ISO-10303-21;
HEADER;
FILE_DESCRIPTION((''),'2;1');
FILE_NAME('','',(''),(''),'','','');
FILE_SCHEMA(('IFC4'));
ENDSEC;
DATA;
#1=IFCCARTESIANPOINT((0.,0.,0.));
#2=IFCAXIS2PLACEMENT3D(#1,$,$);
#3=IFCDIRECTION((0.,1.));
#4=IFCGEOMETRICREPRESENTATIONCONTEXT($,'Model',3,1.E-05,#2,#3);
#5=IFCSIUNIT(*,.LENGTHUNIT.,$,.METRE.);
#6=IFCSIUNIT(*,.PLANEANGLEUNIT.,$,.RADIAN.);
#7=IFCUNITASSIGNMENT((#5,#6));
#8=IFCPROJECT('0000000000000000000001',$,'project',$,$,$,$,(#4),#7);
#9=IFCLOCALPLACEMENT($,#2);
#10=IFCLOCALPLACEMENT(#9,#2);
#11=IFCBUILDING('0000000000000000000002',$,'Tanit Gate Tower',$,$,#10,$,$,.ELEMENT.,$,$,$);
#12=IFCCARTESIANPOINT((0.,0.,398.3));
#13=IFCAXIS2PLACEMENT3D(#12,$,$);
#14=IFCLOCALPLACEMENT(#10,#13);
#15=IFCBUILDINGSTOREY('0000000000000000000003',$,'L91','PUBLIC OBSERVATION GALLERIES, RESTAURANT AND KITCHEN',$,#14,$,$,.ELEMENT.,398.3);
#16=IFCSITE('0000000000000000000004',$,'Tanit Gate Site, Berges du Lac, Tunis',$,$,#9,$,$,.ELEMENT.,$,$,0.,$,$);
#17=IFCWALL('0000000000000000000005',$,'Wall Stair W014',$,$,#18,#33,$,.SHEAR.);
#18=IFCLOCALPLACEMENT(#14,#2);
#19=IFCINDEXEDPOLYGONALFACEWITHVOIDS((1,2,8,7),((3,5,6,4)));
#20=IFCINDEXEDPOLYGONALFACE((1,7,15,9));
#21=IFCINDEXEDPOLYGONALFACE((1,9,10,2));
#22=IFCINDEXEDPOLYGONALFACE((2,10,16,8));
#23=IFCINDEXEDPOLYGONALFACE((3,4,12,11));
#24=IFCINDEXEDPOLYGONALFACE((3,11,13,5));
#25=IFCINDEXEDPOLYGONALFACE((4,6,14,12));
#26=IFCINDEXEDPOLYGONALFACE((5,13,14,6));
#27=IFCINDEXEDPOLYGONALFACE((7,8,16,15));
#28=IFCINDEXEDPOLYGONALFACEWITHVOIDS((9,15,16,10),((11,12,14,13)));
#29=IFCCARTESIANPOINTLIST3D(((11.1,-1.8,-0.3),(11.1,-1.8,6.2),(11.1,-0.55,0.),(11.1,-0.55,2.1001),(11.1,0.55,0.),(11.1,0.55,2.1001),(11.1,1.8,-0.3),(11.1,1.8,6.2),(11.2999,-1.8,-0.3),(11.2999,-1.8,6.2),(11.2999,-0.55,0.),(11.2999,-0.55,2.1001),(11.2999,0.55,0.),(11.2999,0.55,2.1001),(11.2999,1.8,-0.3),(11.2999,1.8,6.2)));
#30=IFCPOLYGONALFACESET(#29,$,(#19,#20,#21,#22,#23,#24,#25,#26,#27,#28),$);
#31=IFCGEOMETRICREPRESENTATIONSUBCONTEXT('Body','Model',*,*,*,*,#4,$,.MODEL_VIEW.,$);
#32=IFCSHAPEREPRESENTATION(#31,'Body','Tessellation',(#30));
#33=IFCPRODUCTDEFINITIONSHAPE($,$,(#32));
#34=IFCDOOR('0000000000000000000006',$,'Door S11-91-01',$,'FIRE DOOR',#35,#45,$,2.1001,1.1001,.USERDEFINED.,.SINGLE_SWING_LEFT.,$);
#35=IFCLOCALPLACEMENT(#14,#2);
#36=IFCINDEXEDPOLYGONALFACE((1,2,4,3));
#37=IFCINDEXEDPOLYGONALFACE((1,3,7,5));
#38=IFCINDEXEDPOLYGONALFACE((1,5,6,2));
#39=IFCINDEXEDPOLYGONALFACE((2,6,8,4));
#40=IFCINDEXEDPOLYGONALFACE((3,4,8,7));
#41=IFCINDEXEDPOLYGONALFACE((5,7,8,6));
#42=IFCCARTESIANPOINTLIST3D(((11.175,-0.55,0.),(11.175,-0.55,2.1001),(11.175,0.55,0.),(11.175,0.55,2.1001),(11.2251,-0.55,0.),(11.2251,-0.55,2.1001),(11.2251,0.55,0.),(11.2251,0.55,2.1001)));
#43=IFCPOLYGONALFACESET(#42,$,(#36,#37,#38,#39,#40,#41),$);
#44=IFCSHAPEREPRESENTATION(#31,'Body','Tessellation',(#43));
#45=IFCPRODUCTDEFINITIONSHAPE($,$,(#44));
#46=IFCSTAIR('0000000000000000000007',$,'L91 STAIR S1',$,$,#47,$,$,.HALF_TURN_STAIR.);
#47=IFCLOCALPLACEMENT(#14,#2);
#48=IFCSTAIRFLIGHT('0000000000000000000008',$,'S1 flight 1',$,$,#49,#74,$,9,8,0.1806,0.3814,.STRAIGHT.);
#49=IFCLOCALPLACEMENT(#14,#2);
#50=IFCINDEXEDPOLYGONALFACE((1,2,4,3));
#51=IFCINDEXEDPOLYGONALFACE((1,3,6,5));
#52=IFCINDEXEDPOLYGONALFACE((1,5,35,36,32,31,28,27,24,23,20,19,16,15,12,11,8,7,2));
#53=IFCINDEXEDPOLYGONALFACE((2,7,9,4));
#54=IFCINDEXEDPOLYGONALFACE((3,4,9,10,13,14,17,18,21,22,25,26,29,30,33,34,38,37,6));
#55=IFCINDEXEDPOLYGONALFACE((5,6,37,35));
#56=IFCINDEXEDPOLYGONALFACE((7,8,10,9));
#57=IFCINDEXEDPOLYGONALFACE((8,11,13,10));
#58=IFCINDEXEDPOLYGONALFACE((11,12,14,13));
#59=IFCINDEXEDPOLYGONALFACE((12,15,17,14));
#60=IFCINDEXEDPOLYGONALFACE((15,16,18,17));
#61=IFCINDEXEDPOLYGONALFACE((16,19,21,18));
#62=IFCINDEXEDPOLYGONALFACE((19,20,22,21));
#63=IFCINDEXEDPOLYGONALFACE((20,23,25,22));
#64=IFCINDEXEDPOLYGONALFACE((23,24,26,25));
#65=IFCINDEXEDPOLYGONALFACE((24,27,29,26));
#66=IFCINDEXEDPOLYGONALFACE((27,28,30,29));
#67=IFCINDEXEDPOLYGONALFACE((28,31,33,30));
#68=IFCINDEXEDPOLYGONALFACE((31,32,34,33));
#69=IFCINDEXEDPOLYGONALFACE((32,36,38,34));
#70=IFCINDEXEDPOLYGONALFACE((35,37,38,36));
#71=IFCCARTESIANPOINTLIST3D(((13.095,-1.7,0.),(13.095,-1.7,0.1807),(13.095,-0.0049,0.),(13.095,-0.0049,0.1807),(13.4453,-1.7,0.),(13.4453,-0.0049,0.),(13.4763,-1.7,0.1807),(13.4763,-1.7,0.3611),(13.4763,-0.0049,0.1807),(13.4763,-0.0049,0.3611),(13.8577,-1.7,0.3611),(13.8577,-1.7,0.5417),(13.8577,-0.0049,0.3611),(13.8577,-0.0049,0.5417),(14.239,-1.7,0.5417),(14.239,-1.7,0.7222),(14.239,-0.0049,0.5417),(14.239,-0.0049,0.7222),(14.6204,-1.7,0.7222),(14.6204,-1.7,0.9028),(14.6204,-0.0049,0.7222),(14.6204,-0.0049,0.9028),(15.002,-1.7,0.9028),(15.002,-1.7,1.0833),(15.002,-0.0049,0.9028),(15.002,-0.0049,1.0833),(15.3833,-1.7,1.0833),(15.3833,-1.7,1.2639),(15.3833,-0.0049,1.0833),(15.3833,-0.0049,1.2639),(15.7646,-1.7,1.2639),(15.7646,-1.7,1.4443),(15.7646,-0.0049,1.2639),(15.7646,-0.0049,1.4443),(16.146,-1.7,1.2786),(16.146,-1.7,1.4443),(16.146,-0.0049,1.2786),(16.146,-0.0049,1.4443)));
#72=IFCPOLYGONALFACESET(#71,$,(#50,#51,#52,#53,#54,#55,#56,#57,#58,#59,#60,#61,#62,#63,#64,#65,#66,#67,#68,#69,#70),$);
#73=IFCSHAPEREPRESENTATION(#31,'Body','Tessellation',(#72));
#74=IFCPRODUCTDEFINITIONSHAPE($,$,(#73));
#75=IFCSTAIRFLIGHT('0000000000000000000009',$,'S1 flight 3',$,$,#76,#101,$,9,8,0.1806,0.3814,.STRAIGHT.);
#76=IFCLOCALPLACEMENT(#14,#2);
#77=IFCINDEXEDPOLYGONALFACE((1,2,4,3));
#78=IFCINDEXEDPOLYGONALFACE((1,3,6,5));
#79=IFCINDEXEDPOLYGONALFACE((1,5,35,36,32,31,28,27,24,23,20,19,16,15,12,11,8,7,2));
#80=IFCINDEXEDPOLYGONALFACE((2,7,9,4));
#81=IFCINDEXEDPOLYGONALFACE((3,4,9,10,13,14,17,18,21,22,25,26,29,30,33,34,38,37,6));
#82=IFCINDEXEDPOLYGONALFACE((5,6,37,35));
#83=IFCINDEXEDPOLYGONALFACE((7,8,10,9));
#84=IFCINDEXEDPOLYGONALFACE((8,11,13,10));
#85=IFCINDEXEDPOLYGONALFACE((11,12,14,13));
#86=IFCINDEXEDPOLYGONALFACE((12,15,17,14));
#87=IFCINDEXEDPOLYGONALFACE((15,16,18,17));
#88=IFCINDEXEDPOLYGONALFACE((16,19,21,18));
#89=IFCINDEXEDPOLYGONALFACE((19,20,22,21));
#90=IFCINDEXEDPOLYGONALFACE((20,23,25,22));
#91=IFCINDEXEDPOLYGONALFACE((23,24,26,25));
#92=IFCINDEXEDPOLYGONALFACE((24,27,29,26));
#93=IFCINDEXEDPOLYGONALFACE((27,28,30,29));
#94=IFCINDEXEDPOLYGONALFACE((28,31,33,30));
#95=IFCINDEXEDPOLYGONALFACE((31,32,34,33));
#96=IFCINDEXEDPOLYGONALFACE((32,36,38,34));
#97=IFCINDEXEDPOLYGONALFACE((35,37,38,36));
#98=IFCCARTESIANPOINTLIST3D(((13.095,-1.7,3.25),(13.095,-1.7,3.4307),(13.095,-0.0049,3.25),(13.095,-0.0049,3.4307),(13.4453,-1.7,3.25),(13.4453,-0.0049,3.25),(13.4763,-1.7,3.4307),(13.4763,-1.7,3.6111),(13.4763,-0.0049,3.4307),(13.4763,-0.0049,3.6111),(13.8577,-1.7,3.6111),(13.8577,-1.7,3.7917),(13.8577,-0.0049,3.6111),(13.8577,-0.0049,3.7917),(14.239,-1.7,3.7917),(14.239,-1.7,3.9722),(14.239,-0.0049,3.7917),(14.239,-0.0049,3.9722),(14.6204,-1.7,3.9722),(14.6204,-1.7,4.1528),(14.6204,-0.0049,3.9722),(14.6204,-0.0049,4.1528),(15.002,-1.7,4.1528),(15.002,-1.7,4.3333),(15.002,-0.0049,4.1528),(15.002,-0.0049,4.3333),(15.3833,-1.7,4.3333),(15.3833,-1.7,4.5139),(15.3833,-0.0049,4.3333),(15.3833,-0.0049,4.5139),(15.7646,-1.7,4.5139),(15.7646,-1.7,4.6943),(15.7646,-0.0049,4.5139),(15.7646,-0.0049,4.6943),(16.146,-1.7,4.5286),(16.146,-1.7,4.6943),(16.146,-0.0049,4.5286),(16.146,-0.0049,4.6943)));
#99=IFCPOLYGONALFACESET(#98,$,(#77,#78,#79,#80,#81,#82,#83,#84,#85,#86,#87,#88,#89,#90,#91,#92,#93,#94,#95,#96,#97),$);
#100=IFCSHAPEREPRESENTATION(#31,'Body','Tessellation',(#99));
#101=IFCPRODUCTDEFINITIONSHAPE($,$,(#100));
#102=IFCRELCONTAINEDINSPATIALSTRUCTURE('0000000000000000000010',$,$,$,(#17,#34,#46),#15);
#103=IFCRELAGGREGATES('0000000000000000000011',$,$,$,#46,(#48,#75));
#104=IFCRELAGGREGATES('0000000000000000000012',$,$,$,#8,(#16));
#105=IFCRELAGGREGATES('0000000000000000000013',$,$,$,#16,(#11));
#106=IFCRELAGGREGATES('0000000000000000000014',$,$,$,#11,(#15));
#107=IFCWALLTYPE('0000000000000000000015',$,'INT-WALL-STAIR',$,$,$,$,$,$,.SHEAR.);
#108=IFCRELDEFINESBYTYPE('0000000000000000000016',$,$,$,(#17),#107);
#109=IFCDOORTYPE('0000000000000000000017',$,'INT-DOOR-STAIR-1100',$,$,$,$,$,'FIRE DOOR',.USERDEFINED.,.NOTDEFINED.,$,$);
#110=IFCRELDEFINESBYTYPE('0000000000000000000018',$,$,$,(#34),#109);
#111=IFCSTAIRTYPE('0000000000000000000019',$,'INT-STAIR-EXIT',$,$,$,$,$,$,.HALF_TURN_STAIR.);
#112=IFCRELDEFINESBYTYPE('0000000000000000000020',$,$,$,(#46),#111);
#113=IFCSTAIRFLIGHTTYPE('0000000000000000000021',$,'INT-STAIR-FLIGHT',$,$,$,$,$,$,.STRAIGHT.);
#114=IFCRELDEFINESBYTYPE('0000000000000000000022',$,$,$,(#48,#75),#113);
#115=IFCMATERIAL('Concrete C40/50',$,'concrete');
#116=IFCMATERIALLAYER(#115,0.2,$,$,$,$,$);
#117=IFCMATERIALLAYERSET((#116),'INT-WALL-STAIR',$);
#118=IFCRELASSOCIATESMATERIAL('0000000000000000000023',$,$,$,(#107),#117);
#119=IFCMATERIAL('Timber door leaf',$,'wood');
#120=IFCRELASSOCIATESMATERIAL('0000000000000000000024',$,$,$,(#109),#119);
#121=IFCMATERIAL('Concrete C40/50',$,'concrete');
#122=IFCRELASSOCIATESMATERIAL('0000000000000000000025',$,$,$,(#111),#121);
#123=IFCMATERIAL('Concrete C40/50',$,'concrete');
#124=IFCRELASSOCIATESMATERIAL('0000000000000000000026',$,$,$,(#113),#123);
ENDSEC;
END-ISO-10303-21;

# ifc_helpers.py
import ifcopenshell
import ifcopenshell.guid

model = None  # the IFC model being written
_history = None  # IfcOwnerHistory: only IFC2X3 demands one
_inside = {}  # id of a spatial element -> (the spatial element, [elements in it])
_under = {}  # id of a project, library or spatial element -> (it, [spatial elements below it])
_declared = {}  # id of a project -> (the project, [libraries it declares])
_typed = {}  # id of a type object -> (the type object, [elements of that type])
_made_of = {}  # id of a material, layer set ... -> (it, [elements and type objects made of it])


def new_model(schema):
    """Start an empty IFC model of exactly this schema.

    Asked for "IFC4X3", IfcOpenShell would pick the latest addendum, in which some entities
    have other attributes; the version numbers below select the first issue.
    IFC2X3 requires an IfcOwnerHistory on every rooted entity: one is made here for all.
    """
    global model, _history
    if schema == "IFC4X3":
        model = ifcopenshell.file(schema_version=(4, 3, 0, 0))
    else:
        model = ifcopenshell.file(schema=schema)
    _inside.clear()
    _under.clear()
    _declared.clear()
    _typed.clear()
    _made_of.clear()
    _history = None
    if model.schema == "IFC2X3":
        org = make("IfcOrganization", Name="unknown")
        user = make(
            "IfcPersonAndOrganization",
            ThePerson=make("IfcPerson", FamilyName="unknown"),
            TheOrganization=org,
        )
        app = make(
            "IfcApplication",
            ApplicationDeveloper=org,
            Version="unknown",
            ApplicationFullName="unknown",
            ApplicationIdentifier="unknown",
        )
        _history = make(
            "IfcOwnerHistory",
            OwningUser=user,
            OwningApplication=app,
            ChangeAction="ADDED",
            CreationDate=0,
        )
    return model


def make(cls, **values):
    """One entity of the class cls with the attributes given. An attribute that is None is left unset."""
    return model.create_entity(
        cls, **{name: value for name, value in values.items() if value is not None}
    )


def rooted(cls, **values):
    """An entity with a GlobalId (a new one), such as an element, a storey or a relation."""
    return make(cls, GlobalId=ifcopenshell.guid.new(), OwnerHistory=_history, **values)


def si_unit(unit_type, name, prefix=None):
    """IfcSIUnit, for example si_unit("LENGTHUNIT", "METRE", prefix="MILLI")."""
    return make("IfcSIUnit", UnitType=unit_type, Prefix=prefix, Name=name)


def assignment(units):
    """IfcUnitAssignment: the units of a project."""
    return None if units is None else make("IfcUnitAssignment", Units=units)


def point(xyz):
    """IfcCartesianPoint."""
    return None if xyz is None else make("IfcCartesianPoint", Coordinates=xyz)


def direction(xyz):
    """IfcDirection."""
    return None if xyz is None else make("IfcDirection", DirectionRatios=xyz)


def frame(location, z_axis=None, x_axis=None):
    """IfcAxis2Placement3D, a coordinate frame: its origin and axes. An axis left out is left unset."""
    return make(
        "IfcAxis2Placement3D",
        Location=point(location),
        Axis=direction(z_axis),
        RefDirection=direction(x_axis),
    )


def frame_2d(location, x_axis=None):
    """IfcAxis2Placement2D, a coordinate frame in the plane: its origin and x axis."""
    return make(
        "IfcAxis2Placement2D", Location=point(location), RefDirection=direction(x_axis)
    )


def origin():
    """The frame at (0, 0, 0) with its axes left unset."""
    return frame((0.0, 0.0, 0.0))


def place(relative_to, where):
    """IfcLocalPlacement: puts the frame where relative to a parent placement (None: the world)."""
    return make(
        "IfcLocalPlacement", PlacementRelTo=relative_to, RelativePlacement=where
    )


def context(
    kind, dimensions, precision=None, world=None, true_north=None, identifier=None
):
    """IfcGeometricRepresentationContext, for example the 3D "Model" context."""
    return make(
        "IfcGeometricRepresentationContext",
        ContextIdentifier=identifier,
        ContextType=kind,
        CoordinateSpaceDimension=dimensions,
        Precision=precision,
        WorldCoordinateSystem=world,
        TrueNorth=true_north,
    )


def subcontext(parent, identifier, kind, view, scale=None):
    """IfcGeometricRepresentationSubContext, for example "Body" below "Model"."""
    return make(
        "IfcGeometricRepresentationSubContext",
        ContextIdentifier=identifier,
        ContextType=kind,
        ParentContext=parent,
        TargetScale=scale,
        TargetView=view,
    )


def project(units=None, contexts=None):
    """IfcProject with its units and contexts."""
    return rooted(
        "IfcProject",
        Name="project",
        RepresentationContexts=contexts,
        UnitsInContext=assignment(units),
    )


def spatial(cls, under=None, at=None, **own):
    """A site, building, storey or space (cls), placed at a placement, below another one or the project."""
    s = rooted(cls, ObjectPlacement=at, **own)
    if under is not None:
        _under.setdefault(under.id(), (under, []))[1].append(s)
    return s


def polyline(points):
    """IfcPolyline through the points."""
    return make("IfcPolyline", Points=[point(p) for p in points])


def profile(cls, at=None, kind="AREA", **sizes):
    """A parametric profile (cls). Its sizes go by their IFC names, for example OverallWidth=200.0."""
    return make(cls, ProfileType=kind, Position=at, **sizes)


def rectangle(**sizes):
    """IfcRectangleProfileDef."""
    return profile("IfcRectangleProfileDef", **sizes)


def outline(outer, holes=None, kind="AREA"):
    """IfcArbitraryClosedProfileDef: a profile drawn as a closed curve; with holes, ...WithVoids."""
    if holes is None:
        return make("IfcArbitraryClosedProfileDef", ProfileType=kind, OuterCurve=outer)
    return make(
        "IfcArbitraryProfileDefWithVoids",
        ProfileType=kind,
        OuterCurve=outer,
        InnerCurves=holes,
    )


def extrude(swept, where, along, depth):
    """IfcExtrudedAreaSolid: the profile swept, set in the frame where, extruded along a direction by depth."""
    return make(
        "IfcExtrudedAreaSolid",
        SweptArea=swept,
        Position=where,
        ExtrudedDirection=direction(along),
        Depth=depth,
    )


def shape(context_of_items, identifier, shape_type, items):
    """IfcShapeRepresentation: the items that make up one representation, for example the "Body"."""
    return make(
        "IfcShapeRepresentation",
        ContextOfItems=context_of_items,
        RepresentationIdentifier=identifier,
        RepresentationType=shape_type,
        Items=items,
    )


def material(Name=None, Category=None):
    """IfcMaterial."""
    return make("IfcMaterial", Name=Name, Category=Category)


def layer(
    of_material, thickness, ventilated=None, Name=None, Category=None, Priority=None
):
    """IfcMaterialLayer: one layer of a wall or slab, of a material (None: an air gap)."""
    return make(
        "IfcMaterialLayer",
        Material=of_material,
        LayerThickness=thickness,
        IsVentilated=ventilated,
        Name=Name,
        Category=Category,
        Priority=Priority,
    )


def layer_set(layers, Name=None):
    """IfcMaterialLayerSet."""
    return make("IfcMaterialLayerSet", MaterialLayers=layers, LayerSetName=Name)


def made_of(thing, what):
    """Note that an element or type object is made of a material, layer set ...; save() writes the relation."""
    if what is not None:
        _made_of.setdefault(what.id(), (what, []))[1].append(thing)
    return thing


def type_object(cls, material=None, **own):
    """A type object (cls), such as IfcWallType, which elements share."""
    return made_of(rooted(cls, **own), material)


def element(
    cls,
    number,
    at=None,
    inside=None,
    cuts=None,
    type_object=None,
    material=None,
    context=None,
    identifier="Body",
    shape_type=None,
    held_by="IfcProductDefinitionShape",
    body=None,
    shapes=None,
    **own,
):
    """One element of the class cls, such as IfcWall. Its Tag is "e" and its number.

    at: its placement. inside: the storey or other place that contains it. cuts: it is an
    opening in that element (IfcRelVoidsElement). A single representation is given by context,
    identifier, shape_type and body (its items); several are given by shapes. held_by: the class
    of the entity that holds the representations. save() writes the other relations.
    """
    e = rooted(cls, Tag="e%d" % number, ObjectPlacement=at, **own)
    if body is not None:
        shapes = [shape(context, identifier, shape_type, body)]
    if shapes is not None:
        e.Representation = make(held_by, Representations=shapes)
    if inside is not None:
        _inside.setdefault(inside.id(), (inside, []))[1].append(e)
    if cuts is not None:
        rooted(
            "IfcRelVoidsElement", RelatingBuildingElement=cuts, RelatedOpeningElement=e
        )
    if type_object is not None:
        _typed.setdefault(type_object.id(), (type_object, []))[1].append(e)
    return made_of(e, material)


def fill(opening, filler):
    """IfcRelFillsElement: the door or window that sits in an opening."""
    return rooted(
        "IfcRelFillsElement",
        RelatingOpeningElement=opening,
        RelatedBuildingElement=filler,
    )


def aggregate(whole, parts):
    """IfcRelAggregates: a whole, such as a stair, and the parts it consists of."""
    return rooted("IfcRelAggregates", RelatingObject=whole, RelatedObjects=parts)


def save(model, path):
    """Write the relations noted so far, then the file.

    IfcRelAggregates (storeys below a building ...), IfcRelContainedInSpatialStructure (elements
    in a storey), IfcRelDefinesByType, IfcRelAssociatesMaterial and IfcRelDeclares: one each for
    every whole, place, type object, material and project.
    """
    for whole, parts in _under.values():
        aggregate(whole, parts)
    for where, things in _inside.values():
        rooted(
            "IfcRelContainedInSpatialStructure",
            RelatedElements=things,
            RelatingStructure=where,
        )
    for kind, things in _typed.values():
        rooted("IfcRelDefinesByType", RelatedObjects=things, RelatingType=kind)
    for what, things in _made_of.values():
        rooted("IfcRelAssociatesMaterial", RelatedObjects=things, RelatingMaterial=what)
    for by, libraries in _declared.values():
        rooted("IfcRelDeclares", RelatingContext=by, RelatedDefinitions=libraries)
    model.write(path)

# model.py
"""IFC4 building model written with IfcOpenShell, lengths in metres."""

from ifc_helpers import new_model, si_unit, direction, frame, frame_2d, origin, place, context, subcontext, project, spatial, polyline, rectangle, outline, extrude, material, layer, layer_set, type_object, element, fill, aggregate, save


model = new_model("IFC4")

# Units and contexts
model_context = context("Model", 3, precision=1e-05, world=origin(), true_north=direction((0.0, 1.0)))
body_context = subcontext(model_context, "Body", "Model", "MODEL_VIEW")
ifc_project = project(units=[si_unit("LENGTHUNIT", "METRE"), si_unit("PLANEANGLEUNIT", "RADIAN")], contexts=[model_context])

# Site, building, storey
site_placement = place(None, origin())
site = spatial("IfcSite", under=ifc_project, at=site_placement, Name="Tanit Gate Site, Berges du Lac, Tunis", CompositionType="ELEMENT", RefElevation=0.0)
building_placement = place(site_placement, origin())
building = spatial("IfcBuilding", under=site, at=building_placement, Name="Tanit Gate Tower", CompositionType="ELEMENT")
storey_placement = place(building_placement, frame((0.0, 0.0, 398.3)))
storey = spatial("IfcBuildingStorey", under=building, at=storey_placement, Name="L91", Description="PUBLIC OBSERVATION GALLERIES, RESTAURANT AND KITCHEN", CompositionType="ELEMENT", Elevation=398.3)

# Shared definitions
ifc_material_1 = material(Name="Concrete C40/50", Category="concrete")
ifc_layer_1 = layer(ifc_material_1, 0.2)
ifc_layer_set_1 = layer_set([ifc_layer_1], Name="INT-WALL-STAIR")
wall_type_1 = type_object("IfcWallType", Name="INT-WALL-STAIR", PredefinedType="SHEAR", material=ifc_layer_set_1)

# Wall, opening, door
wall_1_placement = place(storey_placement, frame((11.2, -1.8, -0.3), z_axis=(0.0, 0.0, 1.0), x_axis=(0.0, 1.0, 0.0)))
wall_1 = element("IfcWall", 1, at=wall_1_placement, inside=storey, type_object=wall_type_1, Name="Wall Stair W014", PredefinedType="SHEAR", context=body_context, shape_type="SweptSolid", body=[
    extrude(rectangle(XDim=3.6001, YDim=0.2, at=frame_2d((1.8, 0.0))), origin(), (0.0, 0.0, 1.0), 6.5),
])
opening_1_placement = place(wall_1_placement, frame((1.25, 0.0, 0.3)))
opening_1 = element("IfcOpeningElement", 2, at=opening_1_placement, cuts=wall_1, PredefinedType="OPENING", context=body_context, shape_type="SweptSolid", body=[
    extrude(rectangle(XDim=1.1001, YDim=2.1001, at=frame_2d((0.55, 1.05))), frame((0.0, 0.1099, 0.0), z_axis=(0.0, -1.0, 0.0), x_axis=(1.0, 0.0, 0.0)), (0.0, 0.0, 1.0), 0.22),
])
ifc_material_2 = material(Name="Timber door leaf", Category="wood")
door_type_1 = type_object("IfcDoorType", Name="INT-DOOR-STAIR-1100", ElementType="FIRE DOOR", OperationType="NOTDEFINED", PredefinedType="USERDEFINED", material=ifc_material_2)
door_1_placement = place(opening_1_placement, origin())
door_1 = element("IfcDoor", 3, at=door_1_placement, inside=storey, type_object=door_type_1, Name="Door S11-91-01", ObjectType="FIRE DOOR", OperationType="SINGLE_SWING_LEFT", OverallHeight=2.1001, OverallWidth=1.1001, PredefinedType="USERDEFINED", context=body_context, shape_type="SweptSolid", body=[
    extrude(rectangle(XDim=1.1001, YDim=2.1001, at=frame_2d((0.55, 1.05))), frame((0.0, 0.0249, 0.0), z_axis=(0.0, -1.0, 0.0), x_axis=(1.0, 0.0, 0.0)), (0.0, 0.0, 1.0), 0.05),
])
fill(opening_1, door_1)

# Stair, stair flights
ifc_material_3 = material(Name="Concrete C40/50", Category="concrete")
stair_type = type_object("IfcStairType", Name="INT-STAIR-EXIT", PredefinedType="HALF_TURN_STAIR", material=ifc_material_3)
stair_placement = place(storey_placement, origin())
stair = element("IfcStair", 4, at=stair_placement, inside=storey, type_object=stair_type, Name="L91 STAIR S1", PredefinedType="HALF_TURN_STAIR")
ifc_material_4 = material(Name="Concrete C40/50", Category="concrete")
stair_flight_type = type_object("IfcStairFlightType", Name="INT-STAIR-FLIGHT", PredefinedType="STRAIGHT", material=ifc_material_4)
stair_flight_1_placement = place(storey_placement, frame((13.095, -0.8525, 0.0), z_axis=(0.0, 0.0, 1.0), x_axis=(1.0, 0.0, 0.0)))
stair_flight_1 = element("IfcStairFlight", 5, at=stair_flight_1_placement, type_object=stair_flight_type, Name="S1 flight 1", NumberOfRisers=9, NumberOfTreads=8, PredefinedType="STRAIGHT", RiserHeight=0.1806, TreadLength=0.3814, context=body_context, shape_type="SweptSolid", body=[
    extrude(outline(polyline([(0.0, 0.0), (0.0, 0.1807), (0.3813, 0.1807), (0.3813, 0.3611), (0.7627, 0.3611), (0.7627, 0.5417), (1.144, 0.5417), (1.144, 0.7222), (1.5254, 0.7222), (1.5254, 0.9028), (1.907, 0.9028), (1.907, 1.0833), (2.2883, 1.0833), (2.2883, 1.2639), (2.6697, 1.2639), (2.6697, 1.4443), (3.051, 1.4443), (3.051, 1.625), (3.051, 1.2786), (0.3503, 0.0), (0.0, 0.0)])), frame((0.0, 0.8477, 0.0), z_axis=(0.0, -1.0, 0.0), x_axis=(1.0, 0.0, 0.0)), (0.0, 0.0, 1.0), 1.6951),
])
stair_flight_2_placement = place(storey_placement, frame((13.095, -0.8525, 3.25), z_axis=(0.0, 0.0, 1.0), x_axis=(1.0, 0.0, 0.0)))
stair_flight_2 = element("IfcStairFlight", 6, at=stair_flight_2_placement, type_object=stair_flight_type, Name="S1 flight 3", NumberOfRisers=9, NumberOfTreads=8, PredefinedType="STRAIGHT", RiserHeight=0.1806, TreadLength=0.3814, context=body_context, shape_type="SweptSolid", body=[
    extrude(outline(polyline([(0.0, 0.0), (0.0, 0.1807), (0.3813, 0.1807), (0.3813, 0.3611), (0.7627, 0.3611), (0.7627, 0.5417), (1.144, 0.5417), (1.144, 0.7222), (1.5254, 0.7222), (1.5254, 0.9028), (1.907, 0.9028), (1.907, 1.0833), (2.2883, 1.0833), (2.2883, 1.2639), (2.6697, 1.2639), (2.6697, 1.4443), (3.051, 1.4443), (3.051, 1.625), (3.051, 1.2786), (0.3503, 0.0), (0.0, 0.0)])), frame((0.0, 0.8477, 0.0), z_axis=(0.0, -1.0, 0.0), x_axis=(1.0, 0.0, 0.0)), (0.0, 0.0, 1.0), 1.6951),
])
aggregate(stair, [stair_flight_1, stair_flight_2])

save(model, "model.ifc")
